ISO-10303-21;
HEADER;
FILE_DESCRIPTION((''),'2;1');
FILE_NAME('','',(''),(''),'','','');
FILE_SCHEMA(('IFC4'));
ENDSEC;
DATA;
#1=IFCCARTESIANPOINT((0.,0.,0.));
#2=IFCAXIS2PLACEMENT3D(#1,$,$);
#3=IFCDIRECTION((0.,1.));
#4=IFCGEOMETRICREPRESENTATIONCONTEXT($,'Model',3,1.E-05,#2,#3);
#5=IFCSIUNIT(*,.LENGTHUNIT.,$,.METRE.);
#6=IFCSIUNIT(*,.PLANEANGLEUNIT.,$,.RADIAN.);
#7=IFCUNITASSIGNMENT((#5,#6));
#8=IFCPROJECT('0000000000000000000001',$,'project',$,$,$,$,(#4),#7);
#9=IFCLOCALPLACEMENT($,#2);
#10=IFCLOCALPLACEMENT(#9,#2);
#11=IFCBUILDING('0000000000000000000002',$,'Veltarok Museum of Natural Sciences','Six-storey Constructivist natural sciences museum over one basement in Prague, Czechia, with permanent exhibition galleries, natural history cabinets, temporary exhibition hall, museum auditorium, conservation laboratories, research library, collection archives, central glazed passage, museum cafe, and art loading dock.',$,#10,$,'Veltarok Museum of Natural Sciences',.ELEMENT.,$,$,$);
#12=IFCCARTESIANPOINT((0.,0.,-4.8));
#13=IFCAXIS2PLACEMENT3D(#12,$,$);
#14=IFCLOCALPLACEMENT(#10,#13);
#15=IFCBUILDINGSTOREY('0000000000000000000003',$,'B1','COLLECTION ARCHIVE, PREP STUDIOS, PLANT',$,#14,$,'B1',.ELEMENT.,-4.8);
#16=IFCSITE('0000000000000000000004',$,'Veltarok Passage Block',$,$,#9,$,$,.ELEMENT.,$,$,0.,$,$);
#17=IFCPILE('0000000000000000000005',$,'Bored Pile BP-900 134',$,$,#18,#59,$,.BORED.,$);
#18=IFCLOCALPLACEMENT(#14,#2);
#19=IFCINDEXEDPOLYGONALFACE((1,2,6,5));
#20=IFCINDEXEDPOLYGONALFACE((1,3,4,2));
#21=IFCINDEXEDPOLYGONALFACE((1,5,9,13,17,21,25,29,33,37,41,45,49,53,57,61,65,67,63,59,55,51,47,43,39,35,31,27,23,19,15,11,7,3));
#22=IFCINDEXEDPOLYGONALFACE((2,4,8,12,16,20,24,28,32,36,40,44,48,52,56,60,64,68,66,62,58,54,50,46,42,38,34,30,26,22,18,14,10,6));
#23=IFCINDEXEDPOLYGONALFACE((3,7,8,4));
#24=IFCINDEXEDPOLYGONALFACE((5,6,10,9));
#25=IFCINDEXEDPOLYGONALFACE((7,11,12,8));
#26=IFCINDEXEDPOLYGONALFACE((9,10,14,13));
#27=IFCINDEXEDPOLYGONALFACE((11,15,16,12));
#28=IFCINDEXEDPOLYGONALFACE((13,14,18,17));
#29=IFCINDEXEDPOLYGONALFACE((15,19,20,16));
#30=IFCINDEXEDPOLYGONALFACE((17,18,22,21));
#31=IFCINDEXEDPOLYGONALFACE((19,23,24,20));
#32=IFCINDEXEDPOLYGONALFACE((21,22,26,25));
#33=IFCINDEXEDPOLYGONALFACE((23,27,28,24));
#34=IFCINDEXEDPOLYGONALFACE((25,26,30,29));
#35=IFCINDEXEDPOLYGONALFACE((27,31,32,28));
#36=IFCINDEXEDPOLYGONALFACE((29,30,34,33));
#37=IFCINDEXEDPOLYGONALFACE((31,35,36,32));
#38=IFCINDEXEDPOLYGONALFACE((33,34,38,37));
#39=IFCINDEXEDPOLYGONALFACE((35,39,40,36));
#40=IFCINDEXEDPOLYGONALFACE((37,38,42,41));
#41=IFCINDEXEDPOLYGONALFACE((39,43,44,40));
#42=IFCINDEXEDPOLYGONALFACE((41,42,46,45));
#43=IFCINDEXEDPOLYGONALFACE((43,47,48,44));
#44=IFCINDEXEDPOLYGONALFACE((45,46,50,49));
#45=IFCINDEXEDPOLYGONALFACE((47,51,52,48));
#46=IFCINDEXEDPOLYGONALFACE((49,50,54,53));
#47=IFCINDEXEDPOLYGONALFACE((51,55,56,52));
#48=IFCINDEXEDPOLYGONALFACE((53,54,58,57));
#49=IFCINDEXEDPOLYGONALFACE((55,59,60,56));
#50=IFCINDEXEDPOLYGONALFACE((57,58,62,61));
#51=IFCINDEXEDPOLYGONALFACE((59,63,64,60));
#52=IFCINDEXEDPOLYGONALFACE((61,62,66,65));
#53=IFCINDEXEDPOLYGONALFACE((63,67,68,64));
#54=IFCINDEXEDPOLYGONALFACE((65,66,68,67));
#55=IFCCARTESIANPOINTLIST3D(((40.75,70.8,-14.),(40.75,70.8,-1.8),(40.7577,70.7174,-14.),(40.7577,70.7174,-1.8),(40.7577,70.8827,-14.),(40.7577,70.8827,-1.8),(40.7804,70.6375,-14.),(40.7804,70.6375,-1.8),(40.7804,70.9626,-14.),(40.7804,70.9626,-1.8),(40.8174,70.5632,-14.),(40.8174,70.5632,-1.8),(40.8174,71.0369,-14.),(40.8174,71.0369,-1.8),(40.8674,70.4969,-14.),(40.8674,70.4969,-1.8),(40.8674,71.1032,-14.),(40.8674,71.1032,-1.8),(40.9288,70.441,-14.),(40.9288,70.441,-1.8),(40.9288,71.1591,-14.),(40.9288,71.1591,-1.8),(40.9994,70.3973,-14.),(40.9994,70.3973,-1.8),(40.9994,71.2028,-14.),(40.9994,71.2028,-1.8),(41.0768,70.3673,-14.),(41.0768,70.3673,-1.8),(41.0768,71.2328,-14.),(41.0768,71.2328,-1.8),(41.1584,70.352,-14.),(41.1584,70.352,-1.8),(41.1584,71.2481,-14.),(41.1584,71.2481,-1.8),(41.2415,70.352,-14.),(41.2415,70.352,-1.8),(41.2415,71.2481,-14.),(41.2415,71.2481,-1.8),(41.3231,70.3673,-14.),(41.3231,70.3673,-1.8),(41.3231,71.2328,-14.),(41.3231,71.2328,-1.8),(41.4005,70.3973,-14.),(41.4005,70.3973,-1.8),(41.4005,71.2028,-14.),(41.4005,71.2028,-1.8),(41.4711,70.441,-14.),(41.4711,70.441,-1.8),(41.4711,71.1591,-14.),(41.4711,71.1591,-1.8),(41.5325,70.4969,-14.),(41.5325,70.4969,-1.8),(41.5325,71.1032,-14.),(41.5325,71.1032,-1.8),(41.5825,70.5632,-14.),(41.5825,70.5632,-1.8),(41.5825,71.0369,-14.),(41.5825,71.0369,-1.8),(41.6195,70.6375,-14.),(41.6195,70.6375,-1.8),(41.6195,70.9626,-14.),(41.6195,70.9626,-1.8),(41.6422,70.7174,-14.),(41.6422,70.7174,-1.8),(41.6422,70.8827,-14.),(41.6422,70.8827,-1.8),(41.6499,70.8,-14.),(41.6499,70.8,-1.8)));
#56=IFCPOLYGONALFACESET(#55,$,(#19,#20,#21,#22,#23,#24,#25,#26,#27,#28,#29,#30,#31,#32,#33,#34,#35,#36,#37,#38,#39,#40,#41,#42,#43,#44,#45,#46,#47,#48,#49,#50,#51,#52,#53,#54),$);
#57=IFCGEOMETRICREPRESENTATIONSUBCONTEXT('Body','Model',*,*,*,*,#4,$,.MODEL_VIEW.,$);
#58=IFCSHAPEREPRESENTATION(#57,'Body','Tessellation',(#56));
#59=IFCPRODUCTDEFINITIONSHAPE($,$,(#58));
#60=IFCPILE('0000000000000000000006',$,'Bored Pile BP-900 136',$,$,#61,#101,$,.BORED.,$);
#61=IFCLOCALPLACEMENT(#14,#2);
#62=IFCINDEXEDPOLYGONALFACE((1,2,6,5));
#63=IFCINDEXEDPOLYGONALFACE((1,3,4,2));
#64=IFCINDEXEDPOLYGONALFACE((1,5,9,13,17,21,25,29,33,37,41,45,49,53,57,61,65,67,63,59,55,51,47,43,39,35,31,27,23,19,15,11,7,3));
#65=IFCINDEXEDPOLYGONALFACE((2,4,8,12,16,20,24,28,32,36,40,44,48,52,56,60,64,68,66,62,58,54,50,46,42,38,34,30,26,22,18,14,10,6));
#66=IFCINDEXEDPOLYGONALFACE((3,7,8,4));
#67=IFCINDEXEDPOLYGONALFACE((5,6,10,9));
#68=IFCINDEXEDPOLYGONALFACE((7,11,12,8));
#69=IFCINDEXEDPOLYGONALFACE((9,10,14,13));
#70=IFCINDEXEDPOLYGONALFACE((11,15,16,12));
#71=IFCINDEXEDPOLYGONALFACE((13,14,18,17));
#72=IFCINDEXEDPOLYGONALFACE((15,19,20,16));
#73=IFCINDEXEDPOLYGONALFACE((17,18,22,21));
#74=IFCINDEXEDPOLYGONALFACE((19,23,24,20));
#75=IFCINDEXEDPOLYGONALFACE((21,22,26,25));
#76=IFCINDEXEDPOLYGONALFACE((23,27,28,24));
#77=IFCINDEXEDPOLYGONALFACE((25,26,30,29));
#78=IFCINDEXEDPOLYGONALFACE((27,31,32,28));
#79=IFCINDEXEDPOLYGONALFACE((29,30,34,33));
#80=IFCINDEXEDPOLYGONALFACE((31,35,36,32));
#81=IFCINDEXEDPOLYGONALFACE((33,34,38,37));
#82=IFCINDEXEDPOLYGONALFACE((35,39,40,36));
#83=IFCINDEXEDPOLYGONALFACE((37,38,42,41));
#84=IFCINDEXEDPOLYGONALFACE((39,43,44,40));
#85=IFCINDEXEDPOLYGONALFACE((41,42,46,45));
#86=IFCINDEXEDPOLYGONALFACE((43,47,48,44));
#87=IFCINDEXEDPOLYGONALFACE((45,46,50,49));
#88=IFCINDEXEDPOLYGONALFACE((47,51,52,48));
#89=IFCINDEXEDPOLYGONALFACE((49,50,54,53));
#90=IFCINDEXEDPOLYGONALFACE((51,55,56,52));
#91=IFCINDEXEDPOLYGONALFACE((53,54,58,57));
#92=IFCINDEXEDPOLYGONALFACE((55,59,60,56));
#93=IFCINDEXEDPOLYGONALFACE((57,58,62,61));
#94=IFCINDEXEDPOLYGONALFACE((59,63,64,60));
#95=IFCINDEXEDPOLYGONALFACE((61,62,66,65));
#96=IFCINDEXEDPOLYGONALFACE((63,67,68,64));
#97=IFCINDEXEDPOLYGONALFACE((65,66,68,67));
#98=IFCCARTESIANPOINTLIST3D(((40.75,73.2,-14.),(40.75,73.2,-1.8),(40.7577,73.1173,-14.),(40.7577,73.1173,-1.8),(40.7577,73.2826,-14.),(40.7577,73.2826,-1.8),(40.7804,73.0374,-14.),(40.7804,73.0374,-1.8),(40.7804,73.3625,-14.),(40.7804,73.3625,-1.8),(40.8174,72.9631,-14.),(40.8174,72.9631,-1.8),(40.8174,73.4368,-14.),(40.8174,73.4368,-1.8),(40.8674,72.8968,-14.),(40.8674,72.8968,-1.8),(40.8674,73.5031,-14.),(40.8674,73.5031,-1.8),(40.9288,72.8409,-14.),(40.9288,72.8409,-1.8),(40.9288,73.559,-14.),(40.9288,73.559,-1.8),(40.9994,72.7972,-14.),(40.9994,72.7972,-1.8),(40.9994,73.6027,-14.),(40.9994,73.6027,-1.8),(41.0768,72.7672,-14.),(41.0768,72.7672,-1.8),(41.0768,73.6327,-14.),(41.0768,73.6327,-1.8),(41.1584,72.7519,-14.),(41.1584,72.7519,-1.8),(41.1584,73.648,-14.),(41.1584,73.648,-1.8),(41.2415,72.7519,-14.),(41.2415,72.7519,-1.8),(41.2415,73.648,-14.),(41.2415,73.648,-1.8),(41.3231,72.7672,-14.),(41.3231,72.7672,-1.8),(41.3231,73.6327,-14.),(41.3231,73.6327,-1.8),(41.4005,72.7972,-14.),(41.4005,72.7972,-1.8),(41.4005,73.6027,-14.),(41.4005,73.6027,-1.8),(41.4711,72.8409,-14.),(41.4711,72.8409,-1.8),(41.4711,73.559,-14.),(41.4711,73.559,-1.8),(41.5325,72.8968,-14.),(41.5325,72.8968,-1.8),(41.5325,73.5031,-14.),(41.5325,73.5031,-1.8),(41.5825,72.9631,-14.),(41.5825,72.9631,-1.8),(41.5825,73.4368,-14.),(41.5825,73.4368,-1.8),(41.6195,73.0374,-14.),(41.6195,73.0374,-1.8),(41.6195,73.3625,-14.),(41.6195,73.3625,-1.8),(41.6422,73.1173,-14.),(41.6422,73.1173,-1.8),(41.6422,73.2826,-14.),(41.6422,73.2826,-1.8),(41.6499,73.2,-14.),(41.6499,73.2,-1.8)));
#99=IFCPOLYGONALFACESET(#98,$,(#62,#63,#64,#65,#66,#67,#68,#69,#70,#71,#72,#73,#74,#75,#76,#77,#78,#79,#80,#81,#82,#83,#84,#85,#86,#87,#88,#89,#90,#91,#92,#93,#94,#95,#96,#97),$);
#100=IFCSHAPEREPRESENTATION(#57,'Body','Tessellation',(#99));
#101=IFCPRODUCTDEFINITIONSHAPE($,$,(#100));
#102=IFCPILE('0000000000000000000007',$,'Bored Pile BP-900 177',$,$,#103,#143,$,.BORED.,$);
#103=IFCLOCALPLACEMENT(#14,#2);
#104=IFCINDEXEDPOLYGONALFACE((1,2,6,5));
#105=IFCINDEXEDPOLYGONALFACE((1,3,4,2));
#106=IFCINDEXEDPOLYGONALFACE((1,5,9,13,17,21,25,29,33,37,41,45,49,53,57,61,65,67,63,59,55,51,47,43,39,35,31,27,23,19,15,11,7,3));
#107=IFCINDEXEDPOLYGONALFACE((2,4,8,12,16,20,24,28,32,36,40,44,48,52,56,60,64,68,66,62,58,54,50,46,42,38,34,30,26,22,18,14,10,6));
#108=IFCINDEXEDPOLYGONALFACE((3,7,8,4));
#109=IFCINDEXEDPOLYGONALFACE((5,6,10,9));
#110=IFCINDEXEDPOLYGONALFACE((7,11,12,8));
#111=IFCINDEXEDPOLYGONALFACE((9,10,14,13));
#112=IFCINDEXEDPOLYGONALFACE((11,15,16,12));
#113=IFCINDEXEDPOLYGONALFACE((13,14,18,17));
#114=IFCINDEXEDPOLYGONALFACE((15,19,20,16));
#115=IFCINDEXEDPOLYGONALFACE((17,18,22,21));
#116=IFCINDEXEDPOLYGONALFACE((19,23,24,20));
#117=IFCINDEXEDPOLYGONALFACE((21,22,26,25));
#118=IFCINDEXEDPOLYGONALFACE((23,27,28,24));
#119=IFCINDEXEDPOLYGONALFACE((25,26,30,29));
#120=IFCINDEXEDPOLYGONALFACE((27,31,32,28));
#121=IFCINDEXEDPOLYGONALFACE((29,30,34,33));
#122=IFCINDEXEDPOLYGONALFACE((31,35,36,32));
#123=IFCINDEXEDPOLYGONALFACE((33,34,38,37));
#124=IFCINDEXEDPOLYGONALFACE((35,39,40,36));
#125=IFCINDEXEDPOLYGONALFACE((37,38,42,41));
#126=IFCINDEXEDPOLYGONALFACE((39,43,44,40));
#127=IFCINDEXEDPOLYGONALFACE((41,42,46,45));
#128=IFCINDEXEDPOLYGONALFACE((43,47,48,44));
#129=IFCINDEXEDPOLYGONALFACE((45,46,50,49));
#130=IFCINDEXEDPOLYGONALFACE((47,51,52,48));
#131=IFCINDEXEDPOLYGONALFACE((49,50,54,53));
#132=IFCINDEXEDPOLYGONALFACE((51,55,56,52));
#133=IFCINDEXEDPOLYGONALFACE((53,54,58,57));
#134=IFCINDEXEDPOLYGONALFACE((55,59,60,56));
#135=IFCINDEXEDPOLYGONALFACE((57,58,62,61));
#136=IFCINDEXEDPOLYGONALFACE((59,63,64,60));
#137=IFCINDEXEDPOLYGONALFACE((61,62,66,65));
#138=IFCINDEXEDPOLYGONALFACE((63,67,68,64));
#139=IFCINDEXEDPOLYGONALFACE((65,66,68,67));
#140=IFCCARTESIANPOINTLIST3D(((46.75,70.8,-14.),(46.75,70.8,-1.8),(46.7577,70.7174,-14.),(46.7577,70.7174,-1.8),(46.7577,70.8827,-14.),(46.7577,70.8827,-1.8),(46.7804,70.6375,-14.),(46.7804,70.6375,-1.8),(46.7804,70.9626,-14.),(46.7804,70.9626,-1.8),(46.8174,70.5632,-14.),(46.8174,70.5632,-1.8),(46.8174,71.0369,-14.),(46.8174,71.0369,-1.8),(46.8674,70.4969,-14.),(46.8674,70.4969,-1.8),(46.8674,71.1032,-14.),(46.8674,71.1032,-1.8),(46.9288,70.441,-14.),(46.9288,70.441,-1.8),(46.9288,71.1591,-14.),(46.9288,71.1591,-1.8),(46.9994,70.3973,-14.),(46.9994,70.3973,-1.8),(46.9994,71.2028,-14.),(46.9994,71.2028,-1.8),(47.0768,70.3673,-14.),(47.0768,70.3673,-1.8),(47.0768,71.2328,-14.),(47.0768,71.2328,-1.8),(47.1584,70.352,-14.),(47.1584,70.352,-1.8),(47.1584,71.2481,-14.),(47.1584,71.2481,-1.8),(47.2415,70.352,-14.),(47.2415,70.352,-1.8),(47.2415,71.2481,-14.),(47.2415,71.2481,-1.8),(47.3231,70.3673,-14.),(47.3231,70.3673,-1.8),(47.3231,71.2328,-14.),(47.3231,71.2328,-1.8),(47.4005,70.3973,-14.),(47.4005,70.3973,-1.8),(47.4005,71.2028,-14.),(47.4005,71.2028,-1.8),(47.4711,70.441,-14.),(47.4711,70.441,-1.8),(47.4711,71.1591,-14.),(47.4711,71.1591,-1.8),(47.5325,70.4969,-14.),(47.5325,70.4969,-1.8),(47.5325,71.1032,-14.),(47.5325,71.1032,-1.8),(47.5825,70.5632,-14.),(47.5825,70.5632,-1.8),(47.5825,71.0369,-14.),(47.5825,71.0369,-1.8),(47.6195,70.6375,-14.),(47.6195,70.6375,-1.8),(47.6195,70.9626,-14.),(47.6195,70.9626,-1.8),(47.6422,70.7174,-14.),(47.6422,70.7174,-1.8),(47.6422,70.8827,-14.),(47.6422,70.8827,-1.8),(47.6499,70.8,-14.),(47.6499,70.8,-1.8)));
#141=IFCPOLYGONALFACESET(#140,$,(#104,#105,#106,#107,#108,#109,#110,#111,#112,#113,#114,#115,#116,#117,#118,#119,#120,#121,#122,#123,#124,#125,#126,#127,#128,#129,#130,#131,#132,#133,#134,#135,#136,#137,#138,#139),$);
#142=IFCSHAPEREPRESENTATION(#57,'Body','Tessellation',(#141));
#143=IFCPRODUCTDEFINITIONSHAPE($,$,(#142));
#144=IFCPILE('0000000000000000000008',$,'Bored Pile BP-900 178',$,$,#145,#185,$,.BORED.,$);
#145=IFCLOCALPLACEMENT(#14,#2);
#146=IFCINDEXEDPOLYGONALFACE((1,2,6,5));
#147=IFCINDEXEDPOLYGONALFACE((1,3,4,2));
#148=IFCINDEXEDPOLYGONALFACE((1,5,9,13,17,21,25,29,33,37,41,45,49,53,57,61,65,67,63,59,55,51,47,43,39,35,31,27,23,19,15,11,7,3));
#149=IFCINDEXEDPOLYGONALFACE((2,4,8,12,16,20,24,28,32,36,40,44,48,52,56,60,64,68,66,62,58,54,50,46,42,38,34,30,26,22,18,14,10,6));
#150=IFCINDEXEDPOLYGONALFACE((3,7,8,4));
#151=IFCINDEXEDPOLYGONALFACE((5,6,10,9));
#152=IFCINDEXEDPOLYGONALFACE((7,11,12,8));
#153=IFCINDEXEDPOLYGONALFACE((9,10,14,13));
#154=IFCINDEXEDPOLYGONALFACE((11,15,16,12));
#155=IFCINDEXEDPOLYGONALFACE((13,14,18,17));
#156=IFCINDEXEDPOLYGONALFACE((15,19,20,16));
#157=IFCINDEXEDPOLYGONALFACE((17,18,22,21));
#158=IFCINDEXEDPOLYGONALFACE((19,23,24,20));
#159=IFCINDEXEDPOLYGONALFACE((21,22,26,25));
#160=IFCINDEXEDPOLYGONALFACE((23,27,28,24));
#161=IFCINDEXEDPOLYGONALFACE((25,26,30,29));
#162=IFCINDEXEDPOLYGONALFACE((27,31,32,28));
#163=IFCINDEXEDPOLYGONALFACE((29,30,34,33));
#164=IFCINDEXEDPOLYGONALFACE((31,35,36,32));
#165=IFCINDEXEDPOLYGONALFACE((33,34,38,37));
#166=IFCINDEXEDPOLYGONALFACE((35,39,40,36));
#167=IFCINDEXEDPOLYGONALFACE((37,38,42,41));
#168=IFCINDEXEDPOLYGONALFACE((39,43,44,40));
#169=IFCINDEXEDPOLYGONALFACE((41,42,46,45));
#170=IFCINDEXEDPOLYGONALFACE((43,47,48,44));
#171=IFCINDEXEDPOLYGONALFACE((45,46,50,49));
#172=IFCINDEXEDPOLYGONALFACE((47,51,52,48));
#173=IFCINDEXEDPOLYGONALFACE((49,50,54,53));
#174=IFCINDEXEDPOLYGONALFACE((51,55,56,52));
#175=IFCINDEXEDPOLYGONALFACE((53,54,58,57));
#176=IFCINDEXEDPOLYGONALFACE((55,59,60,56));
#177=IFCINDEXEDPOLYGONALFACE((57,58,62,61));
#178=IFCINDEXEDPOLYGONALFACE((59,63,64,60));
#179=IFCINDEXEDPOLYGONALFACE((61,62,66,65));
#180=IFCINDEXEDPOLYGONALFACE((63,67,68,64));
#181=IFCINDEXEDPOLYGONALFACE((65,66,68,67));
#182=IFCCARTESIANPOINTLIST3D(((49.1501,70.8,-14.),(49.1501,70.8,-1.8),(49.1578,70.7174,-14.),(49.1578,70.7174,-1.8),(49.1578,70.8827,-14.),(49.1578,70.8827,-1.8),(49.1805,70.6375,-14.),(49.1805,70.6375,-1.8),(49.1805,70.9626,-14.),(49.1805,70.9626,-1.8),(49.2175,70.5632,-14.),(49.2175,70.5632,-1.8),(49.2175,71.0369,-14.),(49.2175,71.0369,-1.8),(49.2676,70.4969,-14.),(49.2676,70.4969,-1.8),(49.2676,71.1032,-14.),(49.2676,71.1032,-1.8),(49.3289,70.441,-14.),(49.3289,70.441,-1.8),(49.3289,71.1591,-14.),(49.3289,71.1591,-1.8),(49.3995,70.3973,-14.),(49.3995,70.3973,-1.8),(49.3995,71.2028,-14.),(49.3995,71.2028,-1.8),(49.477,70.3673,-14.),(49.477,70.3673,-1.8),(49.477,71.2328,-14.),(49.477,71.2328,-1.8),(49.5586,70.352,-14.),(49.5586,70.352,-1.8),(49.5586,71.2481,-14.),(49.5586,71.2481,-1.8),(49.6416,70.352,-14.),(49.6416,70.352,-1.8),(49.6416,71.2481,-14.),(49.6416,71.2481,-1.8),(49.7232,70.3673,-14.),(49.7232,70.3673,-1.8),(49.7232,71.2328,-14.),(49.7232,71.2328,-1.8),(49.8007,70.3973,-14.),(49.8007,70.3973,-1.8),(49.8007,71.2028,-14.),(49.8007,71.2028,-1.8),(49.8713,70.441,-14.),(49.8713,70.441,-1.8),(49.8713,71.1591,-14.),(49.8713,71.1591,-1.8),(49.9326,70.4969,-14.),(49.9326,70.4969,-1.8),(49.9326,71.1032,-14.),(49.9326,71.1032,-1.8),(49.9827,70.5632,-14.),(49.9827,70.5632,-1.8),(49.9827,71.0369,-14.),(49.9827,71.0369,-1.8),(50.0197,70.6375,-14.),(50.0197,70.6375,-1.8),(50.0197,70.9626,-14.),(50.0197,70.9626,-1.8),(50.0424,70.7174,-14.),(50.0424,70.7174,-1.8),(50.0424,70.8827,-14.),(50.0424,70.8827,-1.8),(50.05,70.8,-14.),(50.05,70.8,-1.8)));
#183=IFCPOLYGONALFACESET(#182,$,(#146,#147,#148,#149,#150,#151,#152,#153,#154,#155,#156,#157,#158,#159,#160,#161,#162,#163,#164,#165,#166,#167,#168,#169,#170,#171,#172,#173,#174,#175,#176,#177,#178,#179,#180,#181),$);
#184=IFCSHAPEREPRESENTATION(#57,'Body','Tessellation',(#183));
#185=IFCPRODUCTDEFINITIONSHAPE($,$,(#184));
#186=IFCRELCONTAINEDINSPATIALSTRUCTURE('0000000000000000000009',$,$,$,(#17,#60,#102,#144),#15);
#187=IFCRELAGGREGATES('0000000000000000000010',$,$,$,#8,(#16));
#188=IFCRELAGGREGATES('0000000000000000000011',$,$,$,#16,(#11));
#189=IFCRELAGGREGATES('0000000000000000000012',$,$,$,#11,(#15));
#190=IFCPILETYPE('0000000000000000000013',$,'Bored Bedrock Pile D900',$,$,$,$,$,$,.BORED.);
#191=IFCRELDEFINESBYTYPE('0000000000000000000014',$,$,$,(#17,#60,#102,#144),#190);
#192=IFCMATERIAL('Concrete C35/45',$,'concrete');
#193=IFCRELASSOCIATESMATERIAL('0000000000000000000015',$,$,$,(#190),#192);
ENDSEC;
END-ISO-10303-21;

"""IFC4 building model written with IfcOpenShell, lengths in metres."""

from ifc_helpers import new_model, si_unit, direction, frame, origin, origin_2d, place, context, subcontext, project, spatial, circle, extrude, material, material_profile, profile_set, type_object, element, save


model = new_model("IFC4")

# Units and contexts
model_context = context("Model", 3, precision=1e-05, world=origin(), true_north=direction((0.0, 1.0)))
body_context = subcontext(model_context, "Body", "Model", "MODEL_VIEW")
ifc_project = project(units=[si_unit("LENGTHUNIT", "METRE"), si_unit("PLANEANGLEUNIT", "RADIAN")], contexts=[model_context])

# Site, building, storey
site_placement = place(None, origin())
site = spatial("IfcSite", under=ifc_project, at=site_placement, Name="Veltarok Passage Block", CompositionType="ELEMENT", RefElevation=0.0)
building_placement = place(site_placement, origin())
building = spatial("IfcBuilding", under=site, at=building_placement, Name="Veltarok Museum of Natural Sciences", Description="Six-storey Constructivist natural sciences museum over one basement in Prague, Czechia, with permanent exhibition galleries, natural history cabinets, temporary exhibition hall, museum auditorium, conservation laboratories, research library, collection archives, central glazed passage, museum cafe, and art loading dock.", LongName="Veltarok Museum of Natural Sciences", CompositionType="ELEMENT")
storey_placement = place(building_placement, frame((0.0, 0.0, -4.8)))
storey = spatial("IfcBuildingStorey", under=building, at=storey_placement, Name="B1", Description="COLLECTION ARCHIVE, PREP STUDIOS, PLANT", LongName="B1", CompositionType="ELEMENT", Elevation=-4.8)

# Piles
ifc_material_1 = material(Name="Concrete C35/45", Category="concrete")
ifc_material_profile_1 = material_profile(ifc_material_1, circle(Radius=0.45, at=origin_2d()), Name="BP D900")
ifc_profile_set_1 = profile_set([ifc_material_profile_1], Name="Concrete C35/45")
pile_type = type_object("IfcPileType", Name="Bored Bedrock Pile D900", PredefinedType="BORED", material=ifc_profile_set_1)
for number, where, z_axis, x_axis, name in (
    (1, (41.2, 70.8, -1.8), (0.0, 0.0, -1.0), (1.0, 0.0, 0.0), "Bored Pile BP-900 134"),
    (2, (41.2, 73.2, -1.8), (0.0, 0.0, -1.0), (1.0, 0.0, 0.0), "Bored Pile BP-900 136"),
    (3, (47.2, 70.8, -1.8), (0.0, 0.0, -1.0), (1.0, 0.0, 0.0), "Bored Pile BP-900 177"),
    (4, (49.6001, 70.8, -1.8), (0.0, 0.0, -1.0), (1.0, 0.0, 0.0), "Bored Pile BP-900 178"),
):
    element("IfcPile", number, at=place(storey_placement, frame(where, z_axis=z_axis, x_axis=x_axis)), inside=storey, type_object=pile_type, Name=name, PredefinedType="BORED", context=body_context, shape_type="SweptSolid", body=[
        extrude(circle(Radius=0.45, at=origin_2d()), origin(), (0.0, 0.0, 1.0), 12.2),
    ])

save(model, "model.ifc")
